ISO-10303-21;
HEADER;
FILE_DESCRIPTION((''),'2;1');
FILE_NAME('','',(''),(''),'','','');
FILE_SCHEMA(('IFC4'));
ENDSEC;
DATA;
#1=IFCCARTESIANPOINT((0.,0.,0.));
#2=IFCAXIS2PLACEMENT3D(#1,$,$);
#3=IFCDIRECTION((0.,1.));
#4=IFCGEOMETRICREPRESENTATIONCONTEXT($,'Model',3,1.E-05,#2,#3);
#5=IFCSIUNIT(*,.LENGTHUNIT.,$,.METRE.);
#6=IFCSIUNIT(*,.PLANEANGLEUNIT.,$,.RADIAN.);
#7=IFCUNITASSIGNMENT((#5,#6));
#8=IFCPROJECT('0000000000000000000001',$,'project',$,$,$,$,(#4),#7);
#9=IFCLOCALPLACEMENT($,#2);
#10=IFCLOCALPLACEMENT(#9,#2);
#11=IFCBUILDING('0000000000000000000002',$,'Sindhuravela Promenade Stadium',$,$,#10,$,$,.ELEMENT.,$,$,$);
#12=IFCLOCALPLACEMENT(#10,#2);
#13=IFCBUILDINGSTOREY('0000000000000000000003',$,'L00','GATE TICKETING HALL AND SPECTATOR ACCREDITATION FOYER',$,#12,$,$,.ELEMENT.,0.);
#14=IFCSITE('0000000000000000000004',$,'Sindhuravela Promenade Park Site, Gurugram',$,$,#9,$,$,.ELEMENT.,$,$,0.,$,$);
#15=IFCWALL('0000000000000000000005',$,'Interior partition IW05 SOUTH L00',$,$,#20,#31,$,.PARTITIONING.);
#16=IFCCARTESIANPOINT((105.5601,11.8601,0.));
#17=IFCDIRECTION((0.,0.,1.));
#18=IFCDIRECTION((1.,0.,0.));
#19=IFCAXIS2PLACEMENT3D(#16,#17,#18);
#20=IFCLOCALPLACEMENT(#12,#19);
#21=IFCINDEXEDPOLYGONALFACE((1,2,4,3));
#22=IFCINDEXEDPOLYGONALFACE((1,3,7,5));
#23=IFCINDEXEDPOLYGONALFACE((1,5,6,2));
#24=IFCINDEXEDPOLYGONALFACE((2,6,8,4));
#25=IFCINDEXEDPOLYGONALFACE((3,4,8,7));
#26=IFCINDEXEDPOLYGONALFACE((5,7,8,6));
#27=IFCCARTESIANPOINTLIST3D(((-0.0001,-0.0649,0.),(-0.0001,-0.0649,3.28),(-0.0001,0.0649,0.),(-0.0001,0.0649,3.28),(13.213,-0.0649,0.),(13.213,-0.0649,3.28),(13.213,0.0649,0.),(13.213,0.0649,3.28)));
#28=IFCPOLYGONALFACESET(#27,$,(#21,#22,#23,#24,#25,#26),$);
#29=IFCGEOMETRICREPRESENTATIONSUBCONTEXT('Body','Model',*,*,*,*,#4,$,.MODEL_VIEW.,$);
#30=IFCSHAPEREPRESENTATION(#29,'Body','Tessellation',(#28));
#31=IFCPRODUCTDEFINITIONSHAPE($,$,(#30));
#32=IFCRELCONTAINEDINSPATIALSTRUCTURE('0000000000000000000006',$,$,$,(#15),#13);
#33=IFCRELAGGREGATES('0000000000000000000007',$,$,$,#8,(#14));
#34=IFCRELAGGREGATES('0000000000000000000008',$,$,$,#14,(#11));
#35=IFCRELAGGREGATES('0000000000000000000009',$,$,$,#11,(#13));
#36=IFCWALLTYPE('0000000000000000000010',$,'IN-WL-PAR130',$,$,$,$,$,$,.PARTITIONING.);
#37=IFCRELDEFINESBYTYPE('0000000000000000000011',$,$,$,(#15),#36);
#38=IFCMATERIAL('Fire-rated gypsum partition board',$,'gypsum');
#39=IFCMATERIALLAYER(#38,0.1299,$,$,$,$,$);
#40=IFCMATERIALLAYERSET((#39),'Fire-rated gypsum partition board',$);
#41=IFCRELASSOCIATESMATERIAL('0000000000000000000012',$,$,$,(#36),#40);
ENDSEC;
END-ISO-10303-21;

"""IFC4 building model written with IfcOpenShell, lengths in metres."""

from ifc_helpers import new_model, si_unit, direction, frame, frame_2d, origin, place, context, subcontext, project, spatial, rectangle, extrude, material, layer, layer_set, type_object, element, save


model = new_model("IFC4")

# Units and contexts
model_context = context("Model", 3, precision=1e-05, world=origin(), true_north=direction((0.0, 1.0)))
body_context = subcontext(model_context, "Body", "Model", "MODEL_VIEW")
ifc_project = project(units=[si_unit("LENGTHUNIT", "METRE"), si_unit("PLANEANGLEUNIT", "RADIAN")], contexts=[model_context])

# Site, building, storey
site_placement = place(None, origin())
site = spatial("IfcSite", under=ifc_project, at=site_placement, Name="Sindhuravela Promenade Park Site, Gurugram", CompositionType="ELEMENT", RefElevation=0.0)
building_placement = place(site_placement, origin())
building = spatial("IfcBuilding", under=site, at=building_placement, Name="Sindhuravela Promenade Stadium", CompositionType="ELEMENT")
storey_placement = place(building_placement, origin())
storey = spatial("IfcBuildingStorey", under=building, at=storey_placement, Name="L00", Description="GATE TICKETING HALL AND SPECTATOR ACCREDITATION FOYER", CompositionType="ELEMENT", Elevation=0.0)

# Wall
ifc_material_1 = material(Name="Fire-rated gypsum partition board", Category="gypsum")
ifc_layer_1 = layer(ifc_material_1, 0.1299)
ifc_layer_set_1 = layer_set([ifc_layer_1], Name="Fire-rated gypsum partition board")
wall_type_1 = type_object("IfcWallType", Name="IN-WL-PAR130", PredefinedType="PARTITIONING", material=ifc_layer_set_1)
wall_1_placement = place(storey_placement, frame((105.5601, 11.8601, 0.0), z_axis=(0.0, 0.0, 1.0), x_axis=(1.0, 0.0, 0.0)))
element("IfcWall", 1, at=wall_1_placement, inside=storey, type_object=wall_type_1, Name="Interior partition IW05 SOUTH L00", PredefinedType="PARTITIONING", context=body_context, shape_type="SweptSolid", body=[
    extrude(rectangle(XDim=13.2131, YDim=0.1299, at=frame_2d((6.6064, 0.0))), origin(), (0.0, 0.0, 1.0), 3.28),
])

save(model, "model.ifc")
